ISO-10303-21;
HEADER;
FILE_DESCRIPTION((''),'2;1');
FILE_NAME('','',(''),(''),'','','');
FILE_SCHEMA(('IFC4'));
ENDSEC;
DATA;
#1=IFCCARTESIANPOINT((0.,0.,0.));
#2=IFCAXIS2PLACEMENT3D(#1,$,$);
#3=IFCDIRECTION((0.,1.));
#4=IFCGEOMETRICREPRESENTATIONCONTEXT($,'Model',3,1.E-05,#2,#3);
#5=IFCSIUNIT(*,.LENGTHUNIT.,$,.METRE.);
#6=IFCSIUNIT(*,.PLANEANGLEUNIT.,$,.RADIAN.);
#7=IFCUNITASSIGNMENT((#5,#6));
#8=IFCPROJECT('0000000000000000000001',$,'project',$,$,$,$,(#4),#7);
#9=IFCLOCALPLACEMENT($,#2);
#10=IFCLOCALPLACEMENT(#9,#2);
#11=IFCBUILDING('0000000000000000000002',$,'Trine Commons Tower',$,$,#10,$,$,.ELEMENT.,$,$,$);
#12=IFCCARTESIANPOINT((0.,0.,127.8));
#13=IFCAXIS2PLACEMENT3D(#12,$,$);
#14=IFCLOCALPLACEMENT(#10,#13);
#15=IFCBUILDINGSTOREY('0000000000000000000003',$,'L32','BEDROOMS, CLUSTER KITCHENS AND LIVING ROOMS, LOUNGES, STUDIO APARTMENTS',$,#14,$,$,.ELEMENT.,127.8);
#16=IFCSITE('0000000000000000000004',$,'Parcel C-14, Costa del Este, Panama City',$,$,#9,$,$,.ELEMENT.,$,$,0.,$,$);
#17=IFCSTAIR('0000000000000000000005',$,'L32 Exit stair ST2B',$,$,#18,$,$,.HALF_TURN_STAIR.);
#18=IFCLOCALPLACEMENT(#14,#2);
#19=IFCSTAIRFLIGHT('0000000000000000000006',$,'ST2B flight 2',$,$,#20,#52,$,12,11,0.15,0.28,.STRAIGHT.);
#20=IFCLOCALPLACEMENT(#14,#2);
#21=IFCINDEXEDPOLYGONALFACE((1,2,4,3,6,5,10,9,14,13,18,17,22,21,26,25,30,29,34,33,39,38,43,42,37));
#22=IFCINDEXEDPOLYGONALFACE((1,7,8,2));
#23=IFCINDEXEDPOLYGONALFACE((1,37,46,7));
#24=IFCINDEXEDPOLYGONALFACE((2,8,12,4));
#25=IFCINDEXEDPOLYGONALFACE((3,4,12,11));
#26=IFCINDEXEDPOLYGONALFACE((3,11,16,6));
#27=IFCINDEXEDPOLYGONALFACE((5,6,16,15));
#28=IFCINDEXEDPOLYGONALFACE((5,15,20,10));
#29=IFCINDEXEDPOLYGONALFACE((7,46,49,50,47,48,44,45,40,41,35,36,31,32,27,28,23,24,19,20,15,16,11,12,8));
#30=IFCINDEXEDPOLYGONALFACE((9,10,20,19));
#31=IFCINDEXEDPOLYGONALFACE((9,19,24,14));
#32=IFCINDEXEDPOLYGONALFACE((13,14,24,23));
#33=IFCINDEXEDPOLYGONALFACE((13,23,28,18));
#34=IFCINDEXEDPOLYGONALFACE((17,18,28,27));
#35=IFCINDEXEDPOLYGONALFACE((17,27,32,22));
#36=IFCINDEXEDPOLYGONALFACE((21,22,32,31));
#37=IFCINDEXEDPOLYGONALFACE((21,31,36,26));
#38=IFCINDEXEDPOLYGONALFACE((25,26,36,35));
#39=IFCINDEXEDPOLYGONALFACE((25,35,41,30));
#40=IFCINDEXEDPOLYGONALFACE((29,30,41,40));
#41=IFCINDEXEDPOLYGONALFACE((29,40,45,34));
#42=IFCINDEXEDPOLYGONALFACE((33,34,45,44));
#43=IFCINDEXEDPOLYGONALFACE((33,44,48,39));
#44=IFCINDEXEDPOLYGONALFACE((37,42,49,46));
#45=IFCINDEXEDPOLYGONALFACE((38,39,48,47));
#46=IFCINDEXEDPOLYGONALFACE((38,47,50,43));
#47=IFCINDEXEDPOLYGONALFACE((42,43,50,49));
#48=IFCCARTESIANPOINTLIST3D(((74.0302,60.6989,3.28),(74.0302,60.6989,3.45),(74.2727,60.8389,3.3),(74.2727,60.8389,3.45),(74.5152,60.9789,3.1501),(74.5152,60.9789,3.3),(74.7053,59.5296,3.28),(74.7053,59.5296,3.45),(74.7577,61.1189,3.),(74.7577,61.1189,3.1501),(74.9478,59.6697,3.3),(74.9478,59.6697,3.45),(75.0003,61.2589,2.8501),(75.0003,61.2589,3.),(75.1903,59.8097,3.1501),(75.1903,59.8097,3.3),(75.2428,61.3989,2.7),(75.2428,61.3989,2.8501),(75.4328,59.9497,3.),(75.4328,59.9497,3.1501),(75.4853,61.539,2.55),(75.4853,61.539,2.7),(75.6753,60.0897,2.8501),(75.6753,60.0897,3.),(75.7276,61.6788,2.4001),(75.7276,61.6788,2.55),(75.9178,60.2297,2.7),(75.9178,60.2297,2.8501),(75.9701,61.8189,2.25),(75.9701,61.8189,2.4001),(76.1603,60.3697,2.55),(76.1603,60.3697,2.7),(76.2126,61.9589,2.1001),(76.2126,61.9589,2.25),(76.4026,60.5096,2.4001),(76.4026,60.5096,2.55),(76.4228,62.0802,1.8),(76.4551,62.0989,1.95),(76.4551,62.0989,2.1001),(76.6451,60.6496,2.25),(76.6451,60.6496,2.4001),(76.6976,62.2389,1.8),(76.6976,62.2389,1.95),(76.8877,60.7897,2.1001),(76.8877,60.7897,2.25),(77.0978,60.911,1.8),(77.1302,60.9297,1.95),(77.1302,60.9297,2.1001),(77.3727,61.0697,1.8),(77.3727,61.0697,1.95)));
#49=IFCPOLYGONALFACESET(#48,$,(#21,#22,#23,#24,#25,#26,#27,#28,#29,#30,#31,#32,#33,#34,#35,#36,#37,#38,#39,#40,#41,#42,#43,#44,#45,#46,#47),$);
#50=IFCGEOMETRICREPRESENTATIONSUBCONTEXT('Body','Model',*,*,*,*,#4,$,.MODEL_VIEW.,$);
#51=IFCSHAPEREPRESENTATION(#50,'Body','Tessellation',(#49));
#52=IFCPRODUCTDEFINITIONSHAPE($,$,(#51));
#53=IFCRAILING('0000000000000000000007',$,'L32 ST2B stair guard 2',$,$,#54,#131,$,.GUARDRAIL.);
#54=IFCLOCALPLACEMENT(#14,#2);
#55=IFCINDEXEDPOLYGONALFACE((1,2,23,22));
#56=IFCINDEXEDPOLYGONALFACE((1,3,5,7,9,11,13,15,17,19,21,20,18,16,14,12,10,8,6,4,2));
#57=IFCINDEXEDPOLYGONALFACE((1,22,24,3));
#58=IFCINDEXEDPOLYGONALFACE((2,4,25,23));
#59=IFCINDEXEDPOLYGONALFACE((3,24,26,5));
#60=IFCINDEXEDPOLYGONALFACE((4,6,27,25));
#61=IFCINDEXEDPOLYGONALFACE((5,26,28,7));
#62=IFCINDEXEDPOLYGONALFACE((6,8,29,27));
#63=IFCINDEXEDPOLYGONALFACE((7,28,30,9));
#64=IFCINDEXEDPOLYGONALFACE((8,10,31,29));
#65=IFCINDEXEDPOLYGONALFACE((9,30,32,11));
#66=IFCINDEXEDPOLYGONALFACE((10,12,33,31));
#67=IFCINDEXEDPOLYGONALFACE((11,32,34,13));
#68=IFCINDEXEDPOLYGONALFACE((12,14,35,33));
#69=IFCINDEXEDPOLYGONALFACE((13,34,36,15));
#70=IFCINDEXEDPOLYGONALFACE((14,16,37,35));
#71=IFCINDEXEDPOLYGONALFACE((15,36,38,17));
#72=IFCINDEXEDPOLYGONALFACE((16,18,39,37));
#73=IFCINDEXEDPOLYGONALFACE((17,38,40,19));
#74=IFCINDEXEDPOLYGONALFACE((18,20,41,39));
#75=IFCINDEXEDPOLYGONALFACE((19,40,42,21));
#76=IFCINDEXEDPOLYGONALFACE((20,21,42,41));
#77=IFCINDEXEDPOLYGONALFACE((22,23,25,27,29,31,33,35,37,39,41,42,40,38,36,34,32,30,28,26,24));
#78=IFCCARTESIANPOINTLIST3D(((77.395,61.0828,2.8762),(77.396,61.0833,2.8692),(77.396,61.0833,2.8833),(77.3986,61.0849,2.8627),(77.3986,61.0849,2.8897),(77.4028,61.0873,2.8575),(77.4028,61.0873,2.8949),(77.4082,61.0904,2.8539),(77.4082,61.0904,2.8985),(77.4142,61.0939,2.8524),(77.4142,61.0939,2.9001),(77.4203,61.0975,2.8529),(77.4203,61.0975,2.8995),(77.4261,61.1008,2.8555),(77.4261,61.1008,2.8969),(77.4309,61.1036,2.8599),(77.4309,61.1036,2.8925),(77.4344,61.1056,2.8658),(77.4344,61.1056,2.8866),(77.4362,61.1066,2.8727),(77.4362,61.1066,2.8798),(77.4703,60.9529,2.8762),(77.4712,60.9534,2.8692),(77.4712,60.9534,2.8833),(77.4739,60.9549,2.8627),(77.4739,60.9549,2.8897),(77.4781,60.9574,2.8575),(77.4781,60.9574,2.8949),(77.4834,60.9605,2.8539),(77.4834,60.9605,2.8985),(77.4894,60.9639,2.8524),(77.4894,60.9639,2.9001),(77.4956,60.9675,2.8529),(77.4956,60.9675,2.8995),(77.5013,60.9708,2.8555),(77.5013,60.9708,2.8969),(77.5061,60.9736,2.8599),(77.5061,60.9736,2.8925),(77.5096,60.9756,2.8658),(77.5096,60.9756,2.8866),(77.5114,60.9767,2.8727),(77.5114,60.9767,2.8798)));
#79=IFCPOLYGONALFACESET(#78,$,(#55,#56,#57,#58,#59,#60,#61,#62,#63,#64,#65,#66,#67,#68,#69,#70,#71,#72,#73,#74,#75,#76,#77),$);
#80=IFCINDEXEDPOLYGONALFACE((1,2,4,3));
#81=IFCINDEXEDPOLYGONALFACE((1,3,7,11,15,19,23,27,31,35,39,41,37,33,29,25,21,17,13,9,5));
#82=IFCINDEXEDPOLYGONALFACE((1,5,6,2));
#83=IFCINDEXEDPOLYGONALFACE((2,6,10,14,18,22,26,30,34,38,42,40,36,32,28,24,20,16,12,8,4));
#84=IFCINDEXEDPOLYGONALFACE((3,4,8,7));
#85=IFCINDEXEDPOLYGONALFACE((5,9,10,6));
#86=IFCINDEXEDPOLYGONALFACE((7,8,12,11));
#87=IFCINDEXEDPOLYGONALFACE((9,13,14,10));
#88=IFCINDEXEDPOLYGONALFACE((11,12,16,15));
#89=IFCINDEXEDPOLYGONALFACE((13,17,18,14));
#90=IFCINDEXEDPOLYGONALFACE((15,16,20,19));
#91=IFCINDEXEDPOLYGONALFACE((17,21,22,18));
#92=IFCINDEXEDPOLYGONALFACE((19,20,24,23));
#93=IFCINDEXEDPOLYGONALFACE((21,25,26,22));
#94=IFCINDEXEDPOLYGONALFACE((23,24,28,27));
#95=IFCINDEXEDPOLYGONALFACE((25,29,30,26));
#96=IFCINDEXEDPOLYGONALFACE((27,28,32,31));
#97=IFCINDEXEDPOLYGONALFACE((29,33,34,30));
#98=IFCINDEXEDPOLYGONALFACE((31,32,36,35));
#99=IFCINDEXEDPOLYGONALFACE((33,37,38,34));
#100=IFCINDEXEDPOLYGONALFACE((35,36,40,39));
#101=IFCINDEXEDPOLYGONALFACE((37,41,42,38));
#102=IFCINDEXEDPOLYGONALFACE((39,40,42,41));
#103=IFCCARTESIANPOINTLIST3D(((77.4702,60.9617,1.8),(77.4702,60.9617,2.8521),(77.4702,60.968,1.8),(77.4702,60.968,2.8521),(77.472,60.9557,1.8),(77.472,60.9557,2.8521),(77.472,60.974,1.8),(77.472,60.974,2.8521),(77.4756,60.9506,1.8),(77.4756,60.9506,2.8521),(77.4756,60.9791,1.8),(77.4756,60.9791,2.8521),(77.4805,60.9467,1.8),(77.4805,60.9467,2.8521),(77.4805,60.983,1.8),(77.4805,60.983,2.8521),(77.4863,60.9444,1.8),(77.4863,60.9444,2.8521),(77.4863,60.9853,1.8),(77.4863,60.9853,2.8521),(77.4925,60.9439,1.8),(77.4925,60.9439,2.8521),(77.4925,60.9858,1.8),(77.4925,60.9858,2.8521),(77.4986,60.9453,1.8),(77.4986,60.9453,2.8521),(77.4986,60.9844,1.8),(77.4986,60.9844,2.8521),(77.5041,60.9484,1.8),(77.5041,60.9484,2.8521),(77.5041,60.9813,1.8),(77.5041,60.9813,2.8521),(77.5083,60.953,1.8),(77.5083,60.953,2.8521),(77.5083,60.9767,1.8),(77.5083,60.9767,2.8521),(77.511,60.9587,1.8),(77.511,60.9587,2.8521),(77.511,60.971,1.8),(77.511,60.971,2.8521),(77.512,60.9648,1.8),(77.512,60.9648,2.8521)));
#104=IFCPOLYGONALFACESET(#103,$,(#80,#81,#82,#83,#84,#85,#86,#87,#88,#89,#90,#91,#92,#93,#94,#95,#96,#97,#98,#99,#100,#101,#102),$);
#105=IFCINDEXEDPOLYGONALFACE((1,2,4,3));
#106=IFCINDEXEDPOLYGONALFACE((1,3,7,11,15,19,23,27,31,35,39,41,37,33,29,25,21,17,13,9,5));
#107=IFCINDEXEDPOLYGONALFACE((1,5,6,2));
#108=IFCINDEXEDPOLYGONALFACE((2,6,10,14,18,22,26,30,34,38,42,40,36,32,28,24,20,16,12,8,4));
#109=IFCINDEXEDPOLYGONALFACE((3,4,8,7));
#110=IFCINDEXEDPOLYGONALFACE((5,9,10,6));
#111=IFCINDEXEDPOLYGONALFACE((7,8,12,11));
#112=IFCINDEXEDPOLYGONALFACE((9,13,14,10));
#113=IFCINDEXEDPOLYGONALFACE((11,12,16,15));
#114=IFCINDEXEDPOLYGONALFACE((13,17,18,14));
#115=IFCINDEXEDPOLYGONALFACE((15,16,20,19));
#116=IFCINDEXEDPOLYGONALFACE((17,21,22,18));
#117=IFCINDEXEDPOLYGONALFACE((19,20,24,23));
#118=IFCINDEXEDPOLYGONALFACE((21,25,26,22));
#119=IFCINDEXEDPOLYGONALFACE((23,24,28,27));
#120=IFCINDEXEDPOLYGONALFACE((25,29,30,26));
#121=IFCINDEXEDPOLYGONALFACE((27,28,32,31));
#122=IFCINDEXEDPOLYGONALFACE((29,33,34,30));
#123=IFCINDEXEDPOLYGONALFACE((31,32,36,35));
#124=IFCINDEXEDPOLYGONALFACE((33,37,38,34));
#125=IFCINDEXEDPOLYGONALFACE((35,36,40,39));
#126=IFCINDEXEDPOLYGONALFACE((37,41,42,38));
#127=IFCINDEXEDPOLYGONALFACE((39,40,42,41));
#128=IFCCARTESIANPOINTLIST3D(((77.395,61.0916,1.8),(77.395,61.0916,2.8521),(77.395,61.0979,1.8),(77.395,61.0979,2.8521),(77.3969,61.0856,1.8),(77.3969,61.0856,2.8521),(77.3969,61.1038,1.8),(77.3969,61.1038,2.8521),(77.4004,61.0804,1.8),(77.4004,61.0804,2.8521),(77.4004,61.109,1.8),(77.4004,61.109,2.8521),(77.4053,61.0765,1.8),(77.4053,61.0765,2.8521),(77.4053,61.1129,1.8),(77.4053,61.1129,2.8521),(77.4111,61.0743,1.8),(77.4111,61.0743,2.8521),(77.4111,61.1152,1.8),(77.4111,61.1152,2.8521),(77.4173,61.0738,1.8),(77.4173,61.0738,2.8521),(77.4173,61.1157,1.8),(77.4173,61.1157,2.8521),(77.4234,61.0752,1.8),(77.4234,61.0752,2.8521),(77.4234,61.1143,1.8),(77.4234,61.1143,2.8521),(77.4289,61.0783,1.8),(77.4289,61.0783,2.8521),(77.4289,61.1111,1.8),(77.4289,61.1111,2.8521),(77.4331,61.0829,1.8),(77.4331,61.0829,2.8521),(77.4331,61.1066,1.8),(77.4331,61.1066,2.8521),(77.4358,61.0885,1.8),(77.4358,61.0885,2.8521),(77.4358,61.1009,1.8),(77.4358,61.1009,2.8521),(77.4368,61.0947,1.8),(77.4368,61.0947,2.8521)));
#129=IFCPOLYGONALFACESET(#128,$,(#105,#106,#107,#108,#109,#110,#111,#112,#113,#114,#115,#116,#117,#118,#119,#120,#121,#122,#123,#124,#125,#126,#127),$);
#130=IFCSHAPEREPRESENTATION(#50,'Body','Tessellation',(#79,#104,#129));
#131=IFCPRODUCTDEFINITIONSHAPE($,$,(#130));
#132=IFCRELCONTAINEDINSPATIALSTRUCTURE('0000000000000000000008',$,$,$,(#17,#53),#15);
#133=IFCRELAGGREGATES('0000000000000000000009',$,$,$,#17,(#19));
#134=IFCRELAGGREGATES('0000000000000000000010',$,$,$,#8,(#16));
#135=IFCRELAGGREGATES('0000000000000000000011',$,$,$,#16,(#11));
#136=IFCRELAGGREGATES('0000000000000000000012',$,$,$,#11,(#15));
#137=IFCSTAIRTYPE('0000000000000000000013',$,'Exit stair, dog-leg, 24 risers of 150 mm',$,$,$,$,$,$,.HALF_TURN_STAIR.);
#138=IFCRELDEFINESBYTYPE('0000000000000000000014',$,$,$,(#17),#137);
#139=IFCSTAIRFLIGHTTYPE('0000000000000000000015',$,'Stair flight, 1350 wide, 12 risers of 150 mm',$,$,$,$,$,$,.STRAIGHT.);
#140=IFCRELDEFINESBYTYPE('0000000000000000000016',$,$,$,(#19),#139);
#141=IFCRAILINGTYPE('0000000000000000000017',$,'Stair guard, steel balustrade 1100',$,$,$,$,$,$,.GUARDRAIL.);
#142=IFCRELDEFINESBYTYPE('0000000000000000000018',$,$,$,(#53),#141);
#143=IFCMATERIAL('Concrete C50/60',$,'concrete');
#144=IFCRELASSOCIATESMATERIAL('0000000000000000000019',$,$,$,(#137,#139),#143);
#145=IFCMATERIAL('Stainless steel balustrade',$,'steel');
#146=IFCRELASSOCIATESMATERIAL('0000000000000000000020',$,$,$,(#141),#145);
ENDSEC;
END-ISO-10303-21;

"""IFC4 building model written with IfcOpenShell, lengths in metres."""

from ifc_helpers import new_model, si_unit, direction, frame, origin, origin_2d, place, context, subcontext, project, spatial, polyline, circle, outline, extrude, material, type_object, element, aggregate, save


model = new_model("IFC4")

# Units and contexts
model_context = context("Model", 3, precision=1e-05, world=origin(), true_north=direction((0.0, 1.0)))
body_context = subcontext(model_context, "Body", "Model", "MODEL_VIEW")
ifc_project = project(units=[si_unit("LENGTHUNIT", "METRE"), si_unit("PLANEANGLEUNIT", "RADIAN")], contexts=[model_context])

# Site, building, storey
site_placement = place(None, origin())
site = spatial("IfcSite", under=ifc_project, at=site_placement, Name="Parcel C-14, Costa del Este, Panama City", CompositionType="ELEMENT", RefElevation=0.0)
building_placement = place(site_placement, origin())
building = spatial("IfcBuilding", under=site, at=building_placement, Name="Trine Commons Tower", CompositionType="ELEMENT")
storey_placement = place(building_placement, frame((0.0, 0.0, 127.8)))
storey = spatial("IfcBuildingStorey", under=building, at=storey_placement, Name="L32", Description="BEDROOMS, CLUSTER KITCHENS AND LIVING ROOMS, LOUNGES, STUDIO APARTMENTS", CompositionType="ELEMENT", Elevation=127.8)

# Shared definitions
ifc_material_1 = material(Name="Concrete C50/60", Category="concrete")

# Stair, stair flight
stair_type = type_object("IfcStairType", Name="Exit stair, dog-leg, 24 risers of 150 mm", PredefinedType="HALF_TURN_STAIR", material=ifc_material_1)
stair_placement = place(storey_placement, origin())
stair = element("IfcStair", 1, at=stair_placement, inside=storey, type_object=stair_type, Name="L32 Exit stair ST2B", PredefinedType="HALF_TURN_STAIR")
stair_flight_type = type_object("IfcStairFlightType", Name="Stair flight, 1350 wide, 12 risers of 150 mm", PredefinedType="STRAIGHT", material=ifc_material_1)
stair_flight_placement = place(storey_placement, frame((77.0352, 61.6543, 1.8), z_axis=(0.0, 0.0, 1.0), x_axis=(-0.866025, -0.5, 0.0)))
stair_flight = element("IfcStairFlight", 2, at=stair_flight_placement, type_object=stair_flight_type, Name="ST2B flight 2", NumberOfRisers=12, NumberOfTreads=11, PredefinedType="STRAIGHT", RiserHeight=0.15, TreadLength=0.28, context=body_context, shape_type="SweptSolid", body=[
    extrude(outline(polyline([(0.0, 0.0), (0.0, 0.1499), (0.28, 0.1499), (0.28, 0.3), (0.5601, 0.3), (0.5601, 0.45), (0.8401, 0.45), (0.8401, 0.6001), (1.1201, 0.6001), (1.1201, 0.75), (1.3999, 0.75), (1.3999, 0.8999), (1.6799, 0.8999), (1.6799, 1.05), (1.96, 1.05), (1.96, 1.2), (2.24, 1.2), (2.24, 1.3501), (2.52, 1.3501), (2.52, 1.5), (2.8, 1.5), (2.8, 1.6499), (3.0801, 1.6499), (3.0801, 1.8), (3.0801, 1.48), (0.3174, 0.0), (0.0, 0.0)])), frame((0.0, 0.675, 0.0), z_axis=(0.0, -1.0, 0.0), x_axis=(1.0, 0.0, 0.0)), (0.0, 0.0, 1.0), 1.3501),
])
aggregate(stair, [stair_flight])

# Railing
ifc_material_2 = material(Name="Stainless steel balustrade", Category="steel")
railing_type_1 = type_object("IfcRailingType", Name="Stair guard, steel balustrade 1100", PredefinedType="GUARDRAIL", material=ifc_material_2)
railing_1_placement = place(storey_placement, frame((77.491, 60.9648, 1.8)))
element("IfcRailing", 3, at=railing_1_placement, inside=storey, type_object=railing_type_1, Name="L32 ST2B stair guard 2", PredefinedType="GUARDRAIL", context=body_context, shape_type="SweptSolid", body=[
    extrude(circle(Radius=0.0239, at=origin_2d()), frame((0.0, 0.0, 1.0762), z_axis=(-0.501036, 0.865426, 0.0), x_axis=(-0.865426, -0.501036, 0.0)), (0.0, 0.0, 1.0), 0.1501),
    extrude(circle(Radius=0.021, at=origin_2d()), origin(), (0.0, 0.0, 1.0), 1.052),
    extrude(circle(Radius=0.021, at=origin_2d()), frame((-0.0752, 0.1299, 0.0)), (0.0, 0.0, 1.0), 1.052),
])

save(model, "model.ifc")
